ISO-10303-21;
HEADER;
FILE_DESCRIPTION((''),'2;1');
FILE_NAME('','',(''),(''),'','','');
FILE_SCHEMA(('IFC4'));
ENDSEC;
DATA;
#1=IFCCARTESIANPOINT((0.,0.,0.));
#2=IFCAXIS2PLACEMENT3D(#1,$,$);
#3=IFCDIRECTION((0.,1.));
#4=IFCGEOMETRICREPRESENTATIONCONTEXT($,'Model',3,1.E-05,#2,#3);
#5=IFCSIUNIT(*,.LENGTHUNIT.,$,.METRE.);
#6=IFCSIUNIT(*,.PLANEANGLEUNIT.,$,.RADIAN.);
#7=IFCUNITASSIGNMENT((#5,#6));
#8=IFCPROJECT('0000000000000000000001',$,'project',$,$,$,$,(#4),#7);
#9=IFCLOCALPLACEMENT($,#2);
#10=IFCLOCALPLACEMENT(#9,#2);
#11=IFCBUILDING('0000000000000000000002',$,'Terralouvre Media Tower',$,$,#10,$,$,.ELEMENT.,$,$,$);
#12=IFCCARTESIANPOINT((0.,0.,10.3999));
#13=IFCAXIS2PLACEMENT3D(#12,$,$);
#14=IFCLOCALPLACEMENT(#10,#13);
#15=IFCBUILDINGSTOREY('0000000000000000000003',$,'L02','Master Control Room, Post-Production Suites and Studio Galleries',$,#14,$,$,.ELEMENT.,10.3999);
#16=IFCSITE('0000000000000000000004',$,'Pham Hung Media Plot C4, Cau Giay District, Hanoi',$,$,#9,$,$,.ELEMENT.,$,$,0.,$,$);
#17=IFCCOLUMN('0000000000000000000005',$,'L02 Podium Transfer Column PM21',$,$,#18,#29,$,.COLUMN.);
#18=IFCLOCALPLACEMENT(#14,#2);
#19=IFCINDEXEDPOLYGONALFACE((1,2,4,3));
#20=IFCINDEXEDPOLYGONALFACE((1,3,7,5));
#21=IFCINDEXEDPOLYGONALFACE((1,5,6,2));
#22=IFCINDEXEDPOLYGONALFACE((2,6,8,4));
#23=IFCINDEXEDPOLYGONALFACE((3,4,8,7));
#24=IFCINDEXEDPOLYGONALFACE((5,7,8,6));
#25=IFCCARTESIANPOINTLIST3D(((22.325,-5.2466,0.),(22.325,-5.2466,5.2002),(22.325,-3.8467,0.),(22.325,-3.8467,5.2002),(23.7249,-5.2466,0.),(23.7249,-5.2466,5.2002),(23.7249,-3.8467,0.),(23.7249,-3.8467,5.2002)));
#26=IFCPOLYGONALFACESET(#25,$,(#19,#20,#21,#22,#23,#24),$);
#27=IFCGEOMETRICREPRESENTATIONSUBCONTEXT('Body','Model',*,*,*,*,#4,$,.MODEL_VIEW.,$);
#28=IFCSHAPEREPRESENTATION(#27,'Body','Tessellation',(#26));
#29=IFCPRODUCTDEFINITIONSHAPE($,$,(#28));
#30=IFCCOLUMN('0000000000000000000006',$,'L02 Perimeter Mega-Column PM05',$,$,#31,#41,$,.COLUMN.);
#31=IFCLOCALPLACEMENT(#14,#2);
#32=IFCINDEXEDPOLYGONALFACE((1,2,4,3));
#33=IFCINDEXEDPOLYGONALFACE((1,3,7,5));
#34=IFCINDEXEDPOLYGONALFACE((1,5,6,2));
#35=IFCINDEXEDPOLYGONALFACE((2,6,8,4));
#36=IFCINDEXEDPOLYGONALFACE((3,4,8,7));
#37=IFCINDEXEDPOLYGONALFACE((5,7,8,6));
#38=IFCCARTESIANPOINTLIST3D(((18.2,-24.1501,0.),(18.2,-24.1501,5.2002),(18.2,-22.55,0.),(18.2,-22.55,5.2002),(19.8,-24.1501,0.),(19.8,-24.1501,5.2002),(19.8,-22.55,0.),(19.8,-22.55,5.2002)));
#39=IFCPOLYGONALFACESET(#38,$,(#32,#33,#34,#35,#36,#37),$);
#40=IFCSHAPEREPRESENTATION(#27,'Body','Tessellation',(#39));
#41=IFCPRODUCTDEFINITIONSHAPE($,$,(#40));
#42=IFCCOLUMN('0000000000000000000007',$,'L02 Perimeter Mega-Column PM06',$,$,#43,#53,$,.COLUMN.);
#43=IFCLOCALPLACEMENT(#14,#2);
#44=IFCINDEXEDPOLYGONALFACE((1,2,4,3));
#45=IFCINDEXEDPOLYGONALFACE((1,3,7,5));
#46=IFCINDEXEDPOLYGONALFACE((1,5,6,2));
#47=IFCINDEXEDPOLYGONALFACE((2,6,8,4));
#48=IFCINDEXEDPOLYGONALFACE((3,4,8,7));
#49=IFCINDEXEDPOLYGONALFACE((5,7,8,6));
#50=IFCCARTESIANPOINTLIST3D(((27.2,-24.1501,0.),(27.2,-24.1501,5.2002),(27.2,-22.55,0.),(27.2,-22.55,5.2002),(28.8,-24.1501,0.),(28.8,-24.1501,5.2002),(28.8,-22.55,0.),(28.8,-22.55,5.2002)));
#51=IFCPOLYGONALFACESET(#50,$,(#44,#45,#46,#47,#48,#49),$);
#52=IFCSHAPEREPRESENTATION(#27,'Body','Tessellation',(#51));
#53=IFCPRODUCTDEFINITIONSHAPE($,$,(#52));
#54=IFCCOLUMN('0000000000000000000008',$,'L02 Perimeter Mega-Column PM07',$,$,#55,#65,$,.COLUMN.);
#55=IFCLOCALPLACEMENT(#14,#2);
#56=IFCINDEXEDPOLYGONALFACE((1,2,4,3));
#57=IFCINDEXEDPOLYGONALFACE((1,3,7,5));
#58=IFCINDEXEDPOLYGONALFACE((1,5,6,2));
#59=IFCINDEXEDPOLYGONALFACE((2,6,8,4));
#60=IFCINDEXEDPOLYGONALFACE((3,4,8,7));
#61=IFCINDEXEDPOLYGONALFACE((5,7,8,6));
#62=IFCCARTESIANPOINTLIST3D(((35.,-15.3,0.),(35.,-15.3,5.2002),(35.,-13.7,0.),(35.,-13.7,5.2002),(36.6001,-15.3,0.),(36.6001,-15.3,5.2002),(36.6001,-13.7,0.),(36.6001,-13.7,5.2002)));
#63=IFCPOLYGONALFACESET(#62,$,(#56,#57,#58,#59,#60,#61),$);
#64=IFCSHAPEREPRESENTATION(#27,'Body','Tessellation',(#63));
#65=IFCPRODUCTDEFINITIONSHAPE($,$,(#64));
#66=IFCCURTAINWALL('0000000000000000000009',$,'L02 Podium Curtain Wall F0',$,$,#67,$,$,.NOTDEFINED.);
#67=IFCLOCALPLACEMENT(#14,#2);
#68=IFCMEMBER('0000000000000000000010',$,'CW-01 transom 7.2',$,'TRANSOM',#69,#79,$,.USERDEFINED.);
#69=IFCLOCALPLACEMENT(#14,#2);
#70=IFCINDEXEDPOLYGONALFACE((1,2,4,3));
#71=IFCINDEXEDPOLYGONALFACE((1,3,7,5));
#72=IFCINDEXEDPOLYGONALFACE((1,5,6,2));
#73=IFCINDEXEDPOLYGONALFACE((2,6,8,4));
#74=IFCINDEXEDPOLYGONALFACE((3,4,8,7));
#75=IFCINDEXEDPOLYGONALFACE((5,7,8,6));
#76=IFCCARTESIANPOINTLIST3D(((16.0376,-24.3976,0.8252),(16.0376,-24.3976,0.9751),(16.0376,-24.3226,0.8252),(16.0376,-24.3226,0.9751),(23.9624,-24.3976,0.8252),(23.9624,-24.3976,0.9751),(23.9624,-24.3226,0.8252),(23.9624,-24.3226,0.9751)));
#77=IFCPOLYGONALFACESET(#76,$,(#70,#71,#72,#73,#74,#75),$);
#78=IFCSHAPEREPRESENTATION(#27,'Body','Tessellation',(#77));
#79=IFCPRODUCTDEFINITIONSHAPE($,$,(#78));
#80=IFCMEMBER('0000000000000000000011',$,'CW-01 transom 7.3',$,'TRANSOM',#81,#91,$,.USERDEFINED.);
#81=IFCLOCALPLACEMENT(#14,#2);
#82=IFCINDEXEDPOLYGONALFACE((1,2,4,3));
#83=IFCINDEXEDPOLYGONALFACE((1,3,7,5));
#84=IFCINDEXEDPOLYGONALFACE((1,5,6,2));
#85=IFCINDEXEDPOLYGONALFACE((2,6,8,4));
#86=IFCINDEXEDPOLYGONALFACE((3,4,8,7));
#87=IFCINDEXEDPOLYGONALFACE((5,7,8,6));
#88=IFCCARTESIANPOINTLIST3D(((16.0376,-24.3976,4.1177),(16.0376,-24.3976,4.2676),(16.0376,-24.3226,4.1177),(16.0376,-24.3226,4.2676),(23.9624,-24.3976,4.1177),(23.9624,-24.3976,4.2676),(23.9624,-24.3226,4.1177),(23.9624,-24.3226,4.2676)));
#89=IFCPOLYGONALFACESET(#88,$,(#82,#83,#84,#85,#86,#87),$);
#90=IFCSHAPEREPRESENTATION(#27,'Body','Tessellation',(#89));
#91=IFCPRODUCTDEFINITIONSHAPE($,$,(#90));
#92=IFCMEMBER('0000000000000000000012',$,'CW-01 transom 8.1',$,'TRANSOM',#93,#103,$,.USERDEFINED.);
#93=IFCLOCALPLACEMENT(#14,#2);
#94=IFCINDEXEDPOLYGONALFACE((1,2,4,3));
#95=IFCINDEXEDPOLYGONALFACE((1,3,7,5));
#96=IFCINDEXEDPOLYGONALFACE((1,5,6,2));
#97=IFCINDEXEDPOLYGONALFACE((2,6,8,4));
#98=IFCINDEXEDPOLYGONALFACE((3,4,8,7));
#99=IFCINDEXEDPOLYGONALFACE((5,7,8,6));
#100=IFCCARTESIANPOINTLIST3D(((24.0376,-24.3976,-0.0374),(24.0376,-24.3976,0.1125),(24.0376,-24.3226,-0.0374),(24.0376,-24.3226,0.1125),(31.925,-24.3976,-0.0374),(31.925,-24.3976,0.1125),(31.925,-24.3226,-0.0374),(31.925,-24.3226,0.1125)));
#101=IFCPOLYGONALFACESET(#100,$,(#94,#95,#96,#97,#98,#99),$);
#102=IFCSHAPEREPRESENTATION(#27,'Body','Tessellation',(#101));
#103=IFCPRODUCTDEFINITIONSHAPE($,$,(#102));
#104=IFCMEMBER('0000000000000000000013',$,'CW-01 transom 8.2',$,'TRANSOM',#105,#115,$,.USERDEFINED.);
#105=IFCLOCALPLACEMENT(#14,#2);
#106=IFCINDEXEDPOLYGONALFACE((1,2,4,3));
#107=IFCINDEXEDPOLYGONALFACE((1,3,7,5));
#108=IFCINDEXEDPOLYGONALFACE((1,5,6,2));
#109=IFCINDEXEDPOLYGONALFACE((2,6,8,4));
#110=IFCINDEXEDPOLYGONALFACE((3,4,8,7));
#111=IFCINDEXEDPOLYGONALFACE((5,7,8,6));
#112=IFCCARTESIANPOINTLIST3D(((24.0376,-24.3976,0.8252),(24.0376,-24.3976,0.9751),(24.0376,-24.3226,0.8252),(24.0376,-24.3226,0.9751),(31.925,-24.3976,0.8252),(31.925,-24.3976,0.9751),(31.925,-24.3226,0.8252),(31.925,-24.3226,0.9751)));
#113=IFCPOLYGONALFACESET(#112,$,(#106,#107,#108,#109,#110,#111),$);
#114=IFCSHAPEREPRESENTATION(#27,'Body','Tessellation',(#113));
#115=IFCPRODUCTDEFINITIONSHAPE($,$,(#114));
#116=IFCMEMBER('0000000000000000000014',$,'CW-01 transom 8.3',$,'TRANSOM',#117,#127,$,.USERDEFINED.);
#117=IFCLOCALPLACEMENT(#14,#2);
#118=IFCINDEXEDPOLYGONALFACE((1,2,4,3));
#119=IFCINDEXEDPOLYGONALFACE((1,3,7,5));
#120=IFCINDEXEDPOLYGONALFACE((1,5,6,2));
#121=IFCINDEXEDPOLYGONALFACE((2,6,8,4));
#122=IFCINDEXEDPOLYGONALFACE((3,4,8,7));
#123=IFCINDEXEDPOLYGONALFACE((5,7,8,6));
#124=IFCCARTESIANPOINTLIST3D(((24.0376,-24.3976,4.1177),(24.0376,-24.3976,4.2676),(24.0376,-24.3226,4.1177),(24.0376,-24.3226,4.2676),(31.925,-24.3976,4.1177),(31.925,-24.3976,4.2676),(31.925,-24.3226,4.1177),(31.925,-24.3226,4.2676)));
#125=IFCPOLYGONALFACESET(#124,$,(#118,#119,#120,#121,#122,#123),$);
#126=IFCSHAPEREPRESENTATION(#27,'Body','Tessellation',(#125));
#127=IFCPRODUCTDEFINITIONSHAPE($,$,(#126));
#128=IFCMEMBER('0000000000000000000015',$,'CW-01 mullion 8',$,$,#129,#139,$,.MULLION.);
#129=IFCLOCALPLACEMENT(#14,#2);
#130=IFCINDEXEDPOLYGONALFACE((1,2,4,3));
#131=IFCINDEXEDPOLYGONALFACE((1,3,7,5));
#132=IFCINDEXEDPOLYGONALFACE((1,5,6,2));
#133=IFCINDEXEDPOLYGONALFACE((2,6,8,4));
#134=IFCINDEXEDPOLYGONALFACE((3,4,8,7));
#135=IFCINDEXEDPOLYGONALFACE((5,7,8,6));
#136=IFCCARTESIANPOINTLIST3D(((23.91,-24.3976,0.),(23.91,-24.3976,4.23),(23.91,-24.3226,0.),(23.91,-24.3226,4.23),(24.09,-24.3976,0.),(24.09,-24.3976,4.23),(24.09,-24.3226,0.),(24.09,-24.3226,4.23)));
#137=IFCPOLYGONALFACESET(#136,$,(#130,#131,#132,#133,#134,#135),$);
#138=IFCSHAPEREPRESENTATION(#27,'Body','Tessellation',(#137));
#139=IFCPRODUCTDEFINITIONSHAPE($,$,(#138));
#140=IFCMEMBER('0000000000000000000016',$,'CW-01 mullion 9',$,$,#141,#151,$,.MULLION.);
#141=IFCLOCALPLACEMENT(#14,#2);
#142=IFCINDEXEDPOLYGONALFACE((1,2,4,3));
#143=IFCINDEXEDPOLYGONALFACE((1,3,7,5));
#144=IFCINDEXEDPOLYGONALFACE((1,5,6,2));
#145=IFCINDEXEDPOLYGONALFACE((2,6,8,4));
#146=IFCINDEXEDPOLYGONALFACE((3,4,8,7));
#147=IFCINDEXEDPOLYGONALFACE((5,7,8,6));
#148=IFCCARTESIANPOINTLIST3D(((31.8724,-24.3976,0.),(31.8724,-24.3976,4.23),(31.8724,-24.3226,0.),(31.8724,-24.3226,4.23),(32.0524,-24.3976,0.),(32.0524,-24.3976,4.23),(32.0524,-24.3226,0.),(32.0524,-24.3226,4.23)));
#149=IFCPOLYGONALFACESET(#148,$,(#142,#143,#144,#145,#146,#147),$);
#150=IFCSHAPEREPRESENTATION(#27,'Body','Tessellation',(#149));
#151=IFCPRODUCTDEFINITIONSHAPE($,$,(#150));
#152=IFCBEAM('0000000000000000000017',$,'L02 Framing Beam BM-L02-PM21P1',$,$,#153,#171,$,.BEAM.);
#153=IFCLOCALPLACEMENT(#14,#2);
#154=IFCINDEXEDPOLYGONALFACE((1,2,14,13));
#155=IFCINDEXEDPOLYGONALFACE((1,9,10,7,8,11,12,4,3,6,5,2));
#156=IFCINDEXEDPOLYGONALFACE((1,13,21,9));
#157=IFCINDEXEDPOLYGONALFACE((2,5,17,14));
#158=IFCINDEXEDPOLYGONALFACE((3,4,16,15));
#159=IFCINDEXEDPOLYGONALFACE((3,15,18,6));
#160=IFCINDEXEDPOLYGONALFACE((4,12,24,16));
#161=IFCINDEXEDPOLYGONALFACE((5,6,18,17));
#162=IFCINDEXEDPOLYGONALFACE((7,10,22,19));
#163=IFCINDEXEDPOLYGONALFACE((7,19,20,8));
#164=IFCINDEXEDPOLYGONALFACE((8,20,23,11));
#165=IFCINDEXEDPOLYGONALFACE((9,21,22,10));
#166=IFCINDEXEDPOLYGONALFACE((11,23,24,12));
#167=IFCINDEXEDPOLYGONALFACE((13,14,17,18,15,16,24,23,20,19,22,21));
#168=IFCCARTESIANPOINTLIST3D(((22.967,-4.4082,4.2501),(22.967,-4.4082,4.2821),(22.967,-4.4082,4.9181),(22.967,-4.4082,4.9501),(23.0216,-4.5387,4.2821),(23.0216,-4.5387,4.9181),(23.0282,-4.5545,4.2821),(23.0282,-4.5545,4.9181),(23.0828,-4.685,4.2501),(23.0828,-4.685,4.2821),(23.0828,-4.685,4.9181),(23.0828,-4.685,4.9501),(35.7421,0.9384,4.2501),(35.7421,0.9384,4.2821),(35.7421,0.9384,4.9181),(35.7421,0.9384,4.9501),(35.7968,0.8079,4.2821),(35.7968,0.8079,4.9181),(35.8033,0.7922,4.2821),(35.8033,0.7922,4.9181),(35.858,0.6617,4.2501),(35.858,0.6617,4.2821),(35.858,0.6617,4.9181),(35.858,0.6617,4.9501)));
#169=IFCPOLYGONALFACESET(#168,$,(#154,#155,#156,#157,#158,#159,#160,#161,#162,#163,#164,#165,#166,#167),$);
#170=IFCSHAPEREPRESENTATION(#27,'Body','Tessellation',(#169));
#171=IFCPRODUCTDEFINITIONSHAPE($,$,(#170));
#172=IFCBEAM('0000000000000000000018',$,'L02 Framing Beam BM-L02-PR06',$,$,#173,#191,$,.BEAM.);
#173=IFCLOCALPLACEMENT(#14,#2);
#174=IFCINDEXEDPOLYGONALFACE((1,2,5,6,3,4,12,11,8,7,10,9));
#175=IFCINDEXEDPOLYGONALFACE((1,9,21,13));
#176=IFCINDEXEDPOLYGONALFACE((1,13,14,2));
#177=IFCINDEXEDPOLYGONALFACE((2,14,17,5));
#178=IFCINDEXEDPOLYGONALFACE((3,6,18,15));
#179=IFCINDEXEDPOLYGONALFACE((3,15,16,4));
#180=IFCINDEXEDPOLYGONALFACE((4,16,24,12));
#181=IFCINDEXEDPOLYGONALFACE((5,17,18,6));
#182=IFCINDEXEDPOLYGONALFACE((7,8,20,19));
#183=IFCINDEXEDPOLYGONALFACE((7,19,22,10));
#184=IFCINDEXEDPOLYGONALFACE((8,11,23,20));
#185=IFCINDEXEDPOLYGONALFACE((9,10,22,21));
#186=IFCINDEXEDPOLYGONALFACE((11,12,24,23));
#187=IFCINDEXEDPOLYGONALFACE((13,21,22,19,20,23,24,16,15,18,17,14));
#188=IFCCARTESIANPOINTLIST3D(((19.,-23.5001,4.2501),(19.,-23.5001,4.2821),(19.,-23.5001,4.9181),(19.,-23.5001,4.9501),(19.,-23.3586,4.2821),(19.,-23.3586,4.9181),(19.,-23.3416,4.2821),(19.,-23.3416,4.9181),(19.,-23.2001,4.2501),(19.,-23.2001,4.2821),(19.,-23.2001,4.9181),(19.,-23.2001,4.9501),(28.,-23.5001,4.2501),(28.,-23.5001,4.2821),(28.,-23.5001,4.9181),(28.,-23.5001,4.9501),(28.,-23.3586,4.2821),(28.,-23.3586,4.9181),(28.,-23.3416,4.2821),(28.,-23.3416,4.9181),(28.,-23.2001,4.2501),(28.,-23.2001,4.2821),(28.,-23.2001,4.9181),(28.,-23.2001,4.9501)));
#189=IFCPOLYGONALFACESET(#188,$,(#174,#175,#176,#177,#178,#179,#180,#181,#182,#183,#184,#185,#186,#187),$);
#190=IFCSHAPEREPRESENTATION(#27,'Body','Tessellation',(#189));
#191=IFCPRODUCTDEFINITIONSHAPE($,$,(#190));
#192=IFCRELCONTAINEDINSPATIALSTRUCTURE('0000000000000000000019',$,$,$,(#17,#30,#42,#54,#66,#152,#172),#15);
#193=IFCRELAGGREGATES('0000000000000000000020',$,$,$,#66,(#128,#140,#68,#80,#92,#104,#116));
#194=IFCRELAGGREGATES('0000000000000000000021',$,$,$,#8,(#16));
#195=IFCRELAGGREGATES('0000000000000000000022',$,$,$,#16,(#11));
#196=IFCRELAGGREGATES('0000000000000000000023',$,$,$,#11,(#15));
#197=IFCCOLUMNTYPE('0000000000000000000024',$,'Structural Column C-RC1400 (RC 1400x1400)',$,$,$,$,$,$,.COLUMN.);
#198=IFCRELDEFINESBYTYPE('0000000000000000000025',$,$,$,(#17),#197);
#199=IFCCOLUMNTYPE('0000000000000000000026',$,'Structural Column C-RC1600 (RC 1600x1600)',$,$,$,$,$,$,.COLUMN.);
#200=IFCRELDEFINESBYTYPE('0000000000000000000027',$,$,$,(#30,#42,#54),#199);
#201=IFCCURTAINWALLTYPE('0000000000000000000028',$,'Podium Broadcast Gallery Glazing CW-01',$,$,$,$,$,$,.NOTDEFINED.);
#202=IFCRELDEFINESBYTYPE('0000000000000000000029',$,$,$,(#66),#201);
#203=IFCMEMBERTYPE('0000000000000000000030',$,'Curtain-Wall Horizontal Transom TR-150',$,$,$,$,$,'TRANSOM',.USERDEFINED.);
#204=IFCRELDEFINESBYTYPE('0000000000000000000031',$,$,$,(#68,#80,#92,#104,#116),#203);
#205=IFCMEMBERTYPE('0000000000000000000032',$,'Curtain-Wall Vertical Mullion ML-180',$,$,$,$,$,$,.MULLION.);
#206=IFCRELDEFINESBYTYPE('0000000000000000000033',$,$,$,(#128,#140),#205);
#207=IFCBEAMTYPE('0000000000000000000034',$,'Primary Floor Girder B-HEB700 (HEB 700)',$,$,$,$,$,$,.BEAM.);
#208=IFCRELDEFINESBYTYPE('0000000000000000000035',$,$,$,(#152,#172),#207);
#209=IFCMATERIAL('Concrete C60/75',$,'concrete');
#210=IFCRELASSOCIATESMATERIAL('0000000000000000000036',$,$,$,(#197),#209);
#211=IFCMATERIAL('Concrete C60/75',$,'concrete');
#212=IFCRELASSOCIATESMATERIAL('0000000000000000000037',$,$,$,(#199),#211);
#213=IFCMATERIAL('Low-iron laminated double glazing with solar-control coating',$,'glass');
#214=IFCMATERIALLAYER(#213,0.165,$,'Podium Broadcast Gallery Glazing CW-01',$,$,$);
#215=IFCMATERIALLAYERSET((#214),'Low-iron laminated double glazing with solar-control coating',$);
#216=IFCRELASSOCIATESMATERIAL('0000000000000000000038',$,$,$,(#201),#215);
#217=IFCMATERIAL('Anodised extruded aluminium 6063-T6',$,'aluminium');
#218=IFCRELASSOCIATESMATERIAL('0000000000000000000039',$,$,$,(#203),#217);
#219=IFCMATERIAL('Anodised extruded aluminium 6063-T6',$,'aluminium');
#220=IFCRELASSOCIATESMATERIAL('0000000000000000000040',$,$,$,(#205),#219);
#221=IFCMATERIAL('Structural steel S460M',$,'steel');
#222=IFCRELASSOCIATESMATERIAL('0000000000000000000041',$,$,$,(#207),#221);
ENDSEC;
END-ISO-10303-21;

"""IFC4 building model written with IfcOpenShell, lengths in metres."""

from ifc_helpers import new_model, si_unit, direction, frame, origin, origin_2d, place, context, subcontext, project, spatial, rectangle, i_section, extrude, material, layer, layer_set, material_profile, profile_set, type_object, element, aggregate, save


model = new_model("IFC4")

# Units and contexts
model_context = context("Model", 3, precision=1e-05, world=origin(), true_north=direction((0.0, 1.0)))
body_context = subcontext(model_context, "Body", "Model", "MODEL_VIEW")
ifc_project = project(units=[si_unit("LENGTHUNIT", "METRE"), si_unit("PLANEANGLEUNIT", "RADIAN")], contexts=[model_context])

# Site, building, storey
site_placement = place(None, origin())
site = spatial("IfcSite", under=ifc_project, at=site_placement, Name="Pham Hung Media Plot C4, Cau Giay District, Hanoi", CompositionType="ELEMENT", RefElevation=0.0)
building_placement = place(site_placement, origin())
building = spatial("IfcBuilding", under=site, at=building_placement, Name="Terralouvre Media Tower", CompositionType="ELEMENT")
storey_placement = place(building_placement, frame((0.0, 0.0, 10.3999)))
storey = spatial("IfcBuildingStorey", under=building, at=storey_placement, Name="L02", Description="Master Control Room, Post-Production Suites and Studio Galleries", CompositionType="ELEMENT", Elevation=10.3999)

# Columns
ifc_material_1 = material(Name="Concrete C60/75", Category="concrete")
ifc_material_profile_1 = material_profile(ifc_material_1, rectangle(XDim=1.3999, YDim=1.3999, at=origin_2d()), Name="RC 1400x1400")
ifc_profile_set_1 = profile_set([ifc_material_profile_1], Name="Concrete C60/75")
column_type_1 = type_object("IfcColumnType", Name="Structural Column C-RC1400 (RC 1400x1400)", PredefinedType="COLUMN", material=ifc_profile_set_1)
column_placement = place(storey_placement, frame((23.0249, -4.5466, 0.0), z_axis=(0.0, 0.0, 1.0), x_axis=(1.0, 0.0, 0.0)))
element("IfcColumn", 1, at=column_placement, inside=storey, type_object=column_type_1, Name="L02 Podium Transfer Column PM21", PredefinedType="COLUMN", context=body_context, shape_type="SweptSolid", body=[
    extrude(rectangle(XDim=1.3999, YDim=1.3999, at=origin_2d()), origin(), (0.0, 0.0, 1.0), 5.2002),
])
ifc_material_2 = material(Name="Concrete C60/75", Category="concrete")
ifc_material_profile_2 = material_profile(ifc_material_2, rectangle(XDim=1.6001, YDim=1.6001, at=origin_2d()), Name="RC 1600x1600")
ifc_profile_set_2 = profile_set([ifc_material_profile_2], Name="Concrete C60/75")
column_type_2 = type_object("IfcColumnType", Name="Structural Column C-RC1600 (RC 1600x1600)", PredefinedType="COLUMN", material=ifc_profile_set_2)
for number, where, z_axis, x_axis, name in (
    (2, (19.0, -23.3501, 0.0), (0.0, 0.0, 1.0), (1.0, 0.0, 0.0), "L02 Perimeter Mega-Column PM05"),
    (3, (28.0, -23.3501, 0.0), (0.0, 0.0, 1.0), (1.0, 0.0, 0.0), "L02 Perimeter Mega-Column PM06"),
    (4, (35.8, -14.5, 0.0), (0.0, 0.0, 1.0), (1.0, 0.0, 0.0), "L02 Perimeter Mega-Column PM07"),
):
    element("IfcColumn", number, at=place(storey_placement, frame(where, z_axis=z_axis, x_axis=x_axis)), inside=storey, type_object=column_type_2, Name=name, PredefinedType="COLUMN", context=body_context, shape_type="SweptSolid", body=[
        extrude(rectangle(XDim=1.6001, YDim=1.6001, at=origin_2d()), origin(), (0.0, 0.0, 1.0), 5.2002),
    ])

# Curtain wall, members
ifc_material_3 = material(Name="Low-iron laminated double glazing with solar-control coating", Category="glass")
ifc_layer_1 = layer(ifc_material_3, 0.165, Name="Podium Broadcast Gallery Glazing CW-01")
ifc_layer_set_1 = layer_set([ifc_layer_1], Name="Low-iron laminated double glazing with solar-control coating")
curtain_wall_type = type_object("IfcCurtainWallType", Name="Podium Broadcast Gallery Glazing CW-01", PredefinedType="NOTDEFINED", material=ifc_layer_set_1)
curtain_wall_placement = place(storey_placement, origin())
curtain_wall = element("IfcCurtainWall", 5, at=curtain_wall_placement, inside=storey, type_object=curtain_wall_type, Name="L02 Podium Curtain Wall F0", PredefinedType="NOTDEFINED")
ifc_material_4 = material(Name="Anodised extruded aluminium 6063-T6", Category="aluminium")
ifc_material_profile_3 = material_profile(ifc_material_4, rectangle(XDim=0.075, YDim=0.1499, at=origin_2d()), Name="ALU 75x150")
ifc_profile_set_3 = profile_set([ifc_material_profile_3], Name="Anodised extruded aluminium 6063-T6")
member_type_1 = type_object("IfcMemberType", Name="Curtain-Wall Horizontal Transom TR-150", ElementType="TRANSOM", PredefinedType="USERDEFINED", material=ifc_profile_set_3)
member_1_placement = place(storey_placement, frame((16.0376, -24.3601, 0.9001), z_axis=(1.0, 0.0, 0.0), x_axis=(0.0, 1.0, 0.0)))
member_1 = element("IfcMember", 6, at=member_1_placement, type_object=member_type_1, Name="CW-01 transom 7.2", ObjectType="TRANSOM", PredefinedType="USERDEFINED", context=body_context, shape_type="SweptSolid", body=[
    extrude(rectangle(XDim=0.075, YDim=0.1499, at=origin_2d()), origin(), (0.0, 0.0, 1.0), 7.9248),
])
member_2_placement = place(storey_placement, frame((16.0376, -24.3601, 4.1926), z_axis=(1.0, 0.0, 0.0), x_axis=(0.0, 1.0, 0.0)))
member_2 = element("IfcMember", 7, at=member_2_placement, type_object=member_type_1, Name="CW-01 transom 7.3", ObjectType="TRANSOM", PredefinedType="USERDEFINED", context=body_context, shape_type="SweptSolid", body=[
    extrude(rectangle(XDim=0.075, YDim=0.1499, at=origin_2d()), origin(), (0.0, 0.0, 1.0), 7.9248),
])
member_3_placement = place(storey_placement, frame((24.0376, -24.3601, 0.0376), z_axis=(1.0, 0.0, 0.0), x_axis=(0.0, 1.0, 0.0)))
member_3 = element("IfcMember", 8, at=member_3_placement, type_object=member_type_1, Name="CW-01 transom 8.1", ObjectType="TRANSOM", PredefinedType="USERDEFINED", context=body_context, shape_type="SweptSolid", body=[
    extrude(rectangle(XDim=0.075, YDim=0.1499, at=origin_2d()), origin(), (0.0, 0.0, 1.0), 7.8875),
])
member_4_placement = place(storey_placement, frame((24.0376, -24.3601, 0.9001), z_axis=(1.0, 0.0, 0.0), x_axis=(0.0, 1.0, 0.0)))
member_4 = element("IfcMember", 9, at=member_4_placement, type_object=member_type_1, Name="CW-01 transom 8.2", ObjectType="TRANSOM", PredefinedType="USERDEFINED", context=body_context, shape_type="SweptSolid", body=[
    extrude(rectangle(XDim=0.075, YDim=0.1499, at=origin_2d()), origin(), (0.0, 0.0, 1.0), 7.8875),
])
member_5_placement = place(storey_placement, frame((24.0376, -24.3601, 4.1926), z_axis=(1.0, 0.0, 0.0), x_axis=(0.0, 1.0, 0.0)))
member_5 = element("IfcMember", 10, at=member_5_placement, type_object=member_type_1, Name="CW-01 transom 8.3", ObjectType="TRANSOM", PredefinedType="USERDEFINED", context=body_context, shape_type="SweptSolid", body=[
    extrude(rectangle(XDim=0.075, YDim=0.1499, at=origin_2d()), origin(), (0.0, 0.0, 1.0), 7.8875),
])
ifc_material_5 = material(Name="Anodised extruded aluminium 6063-T6", Category="aluminium")
ifc_material_profile_4 = material_profile(ifc_material_5, rectangle(XDim=0.075, YDim=0.1799, at=origin_2d()), Name="ALU 75x180")
ifc_profile_set_4 = profile_set([ifc_material_profile_4], Name="Anodised extruded aluminium 6063-T6")
member_type_2 = type_object("IfcMemberType", Name="Curtain-Wall Vertical Mullion ML-180", PredefinedType="MULLION", material=ifc_profile_set_4)
member_6_placement = place(storey_placement, frame((24.0, -24.3601, 0.0), z_axis=(0.0, 0.0, 1.0), x_axis=(0.0, 1.0, 0.0)))
member_6 = element("IfcMember", 11, at=member_6_placement, type_object=member_type_2, Name="CW-01 mullion 8", PredefinedType="MULLION", context=body_context, shape_type="SweptSolid", body=[
    extrude(rectangle(XDim=0.075, YDim=0.1799, at=origin_2d()), origin(), (0.0, 0.0, 1.0), 4.23),
])
member_7_placement = place(storey_placement, frame((31.9624, -24.3601, 0.0), z_axis=(0.0, 0.0, 1.0), x_axis=(0.0, 1.0, 0.0)))
member_7 = element("IfcMember", 12, at=member_7_placement, type_object=member_type_2, Name="CW-01 mullion 9", PredefinedType="MULLION", context=body_context, shape_type="SweptSolid", body=[
    extrude(rectangle(XDim=0.075, YDim=0.1799, at=origin_2d()), origin(), (0.0, 0.0, 1.0), 4.23),
])

# Beams
ifc_material_6 = material(Name="Structural steel S460M", Category="steel")
ifc_material_profile_5 = material_profile(ifc_material_6, i_section(OverallWidth=0.3, OverallDepth=0.7, WebThickness=0.0171, FlangeThickness=0.032, at=origin_2d()), Name="HEB 700")
ifc_profile_set_5 = profile_set([ifc_material_profile_5], Name="Structural steel S460M")
beam_type_1 = type_object("IfcBeamType", Name="Primary Floor Girder B-HEB700 (HEB 700)", PredefinedType="BEAM", material=ifc_profile_set_5)
beam_1_placement = place(storey_placement, frame((23.0249, -4.5466, 4.6001), z_axis=(0.922468, 0.386073, 0.0), x_axis=(-0.386073, 0.922468, 0.0)))
element("IfcBeam", 13, at=beam_1_placement, inside=storey, type_object=beam_type_1, Name="L02 Framing Beam BM-L02-PM21P1", PredefinedType="BEAM", context=body_context, shape_type="SweptSolid", body=[
    extrude(i_section(OverallWidth=0.3, OverallDepth=0.7, WebThickness=0.0171, FlangeThickness=0.032, at=origin_2d()), origin(), (0.0, 0.0, 1.0), 13.8489),
])
beam_2_placement = place(storey_placement, frame((19.0, -23.3501, 4.6001), z_axis=(1.0, 0.0, 0.0), x_axis=(0.0, 1.0, 0.0)))
element("IfcBeam", 14, at=beam_2_placement, inside=storey, type_object=beam_type_1, Name="L02 Framing Beam BM-L02-PR06", PredefinedType="BEAM", context=body_context, shape_type="SweptSolid", body=[
    extrude(i_section(OverallWidth=0.3, OverallDepth=0.7, WebThickness=0.0171, FlangeThickness=0.032, at=origin_2d()), origin(), (0.0, 0.0, 1.0), 9.0),
])

aggregate(curtain_wall, [member_6, member_7, member_1, member_2, member_3, member_4, member_5])

save(model, "model.ifc")
